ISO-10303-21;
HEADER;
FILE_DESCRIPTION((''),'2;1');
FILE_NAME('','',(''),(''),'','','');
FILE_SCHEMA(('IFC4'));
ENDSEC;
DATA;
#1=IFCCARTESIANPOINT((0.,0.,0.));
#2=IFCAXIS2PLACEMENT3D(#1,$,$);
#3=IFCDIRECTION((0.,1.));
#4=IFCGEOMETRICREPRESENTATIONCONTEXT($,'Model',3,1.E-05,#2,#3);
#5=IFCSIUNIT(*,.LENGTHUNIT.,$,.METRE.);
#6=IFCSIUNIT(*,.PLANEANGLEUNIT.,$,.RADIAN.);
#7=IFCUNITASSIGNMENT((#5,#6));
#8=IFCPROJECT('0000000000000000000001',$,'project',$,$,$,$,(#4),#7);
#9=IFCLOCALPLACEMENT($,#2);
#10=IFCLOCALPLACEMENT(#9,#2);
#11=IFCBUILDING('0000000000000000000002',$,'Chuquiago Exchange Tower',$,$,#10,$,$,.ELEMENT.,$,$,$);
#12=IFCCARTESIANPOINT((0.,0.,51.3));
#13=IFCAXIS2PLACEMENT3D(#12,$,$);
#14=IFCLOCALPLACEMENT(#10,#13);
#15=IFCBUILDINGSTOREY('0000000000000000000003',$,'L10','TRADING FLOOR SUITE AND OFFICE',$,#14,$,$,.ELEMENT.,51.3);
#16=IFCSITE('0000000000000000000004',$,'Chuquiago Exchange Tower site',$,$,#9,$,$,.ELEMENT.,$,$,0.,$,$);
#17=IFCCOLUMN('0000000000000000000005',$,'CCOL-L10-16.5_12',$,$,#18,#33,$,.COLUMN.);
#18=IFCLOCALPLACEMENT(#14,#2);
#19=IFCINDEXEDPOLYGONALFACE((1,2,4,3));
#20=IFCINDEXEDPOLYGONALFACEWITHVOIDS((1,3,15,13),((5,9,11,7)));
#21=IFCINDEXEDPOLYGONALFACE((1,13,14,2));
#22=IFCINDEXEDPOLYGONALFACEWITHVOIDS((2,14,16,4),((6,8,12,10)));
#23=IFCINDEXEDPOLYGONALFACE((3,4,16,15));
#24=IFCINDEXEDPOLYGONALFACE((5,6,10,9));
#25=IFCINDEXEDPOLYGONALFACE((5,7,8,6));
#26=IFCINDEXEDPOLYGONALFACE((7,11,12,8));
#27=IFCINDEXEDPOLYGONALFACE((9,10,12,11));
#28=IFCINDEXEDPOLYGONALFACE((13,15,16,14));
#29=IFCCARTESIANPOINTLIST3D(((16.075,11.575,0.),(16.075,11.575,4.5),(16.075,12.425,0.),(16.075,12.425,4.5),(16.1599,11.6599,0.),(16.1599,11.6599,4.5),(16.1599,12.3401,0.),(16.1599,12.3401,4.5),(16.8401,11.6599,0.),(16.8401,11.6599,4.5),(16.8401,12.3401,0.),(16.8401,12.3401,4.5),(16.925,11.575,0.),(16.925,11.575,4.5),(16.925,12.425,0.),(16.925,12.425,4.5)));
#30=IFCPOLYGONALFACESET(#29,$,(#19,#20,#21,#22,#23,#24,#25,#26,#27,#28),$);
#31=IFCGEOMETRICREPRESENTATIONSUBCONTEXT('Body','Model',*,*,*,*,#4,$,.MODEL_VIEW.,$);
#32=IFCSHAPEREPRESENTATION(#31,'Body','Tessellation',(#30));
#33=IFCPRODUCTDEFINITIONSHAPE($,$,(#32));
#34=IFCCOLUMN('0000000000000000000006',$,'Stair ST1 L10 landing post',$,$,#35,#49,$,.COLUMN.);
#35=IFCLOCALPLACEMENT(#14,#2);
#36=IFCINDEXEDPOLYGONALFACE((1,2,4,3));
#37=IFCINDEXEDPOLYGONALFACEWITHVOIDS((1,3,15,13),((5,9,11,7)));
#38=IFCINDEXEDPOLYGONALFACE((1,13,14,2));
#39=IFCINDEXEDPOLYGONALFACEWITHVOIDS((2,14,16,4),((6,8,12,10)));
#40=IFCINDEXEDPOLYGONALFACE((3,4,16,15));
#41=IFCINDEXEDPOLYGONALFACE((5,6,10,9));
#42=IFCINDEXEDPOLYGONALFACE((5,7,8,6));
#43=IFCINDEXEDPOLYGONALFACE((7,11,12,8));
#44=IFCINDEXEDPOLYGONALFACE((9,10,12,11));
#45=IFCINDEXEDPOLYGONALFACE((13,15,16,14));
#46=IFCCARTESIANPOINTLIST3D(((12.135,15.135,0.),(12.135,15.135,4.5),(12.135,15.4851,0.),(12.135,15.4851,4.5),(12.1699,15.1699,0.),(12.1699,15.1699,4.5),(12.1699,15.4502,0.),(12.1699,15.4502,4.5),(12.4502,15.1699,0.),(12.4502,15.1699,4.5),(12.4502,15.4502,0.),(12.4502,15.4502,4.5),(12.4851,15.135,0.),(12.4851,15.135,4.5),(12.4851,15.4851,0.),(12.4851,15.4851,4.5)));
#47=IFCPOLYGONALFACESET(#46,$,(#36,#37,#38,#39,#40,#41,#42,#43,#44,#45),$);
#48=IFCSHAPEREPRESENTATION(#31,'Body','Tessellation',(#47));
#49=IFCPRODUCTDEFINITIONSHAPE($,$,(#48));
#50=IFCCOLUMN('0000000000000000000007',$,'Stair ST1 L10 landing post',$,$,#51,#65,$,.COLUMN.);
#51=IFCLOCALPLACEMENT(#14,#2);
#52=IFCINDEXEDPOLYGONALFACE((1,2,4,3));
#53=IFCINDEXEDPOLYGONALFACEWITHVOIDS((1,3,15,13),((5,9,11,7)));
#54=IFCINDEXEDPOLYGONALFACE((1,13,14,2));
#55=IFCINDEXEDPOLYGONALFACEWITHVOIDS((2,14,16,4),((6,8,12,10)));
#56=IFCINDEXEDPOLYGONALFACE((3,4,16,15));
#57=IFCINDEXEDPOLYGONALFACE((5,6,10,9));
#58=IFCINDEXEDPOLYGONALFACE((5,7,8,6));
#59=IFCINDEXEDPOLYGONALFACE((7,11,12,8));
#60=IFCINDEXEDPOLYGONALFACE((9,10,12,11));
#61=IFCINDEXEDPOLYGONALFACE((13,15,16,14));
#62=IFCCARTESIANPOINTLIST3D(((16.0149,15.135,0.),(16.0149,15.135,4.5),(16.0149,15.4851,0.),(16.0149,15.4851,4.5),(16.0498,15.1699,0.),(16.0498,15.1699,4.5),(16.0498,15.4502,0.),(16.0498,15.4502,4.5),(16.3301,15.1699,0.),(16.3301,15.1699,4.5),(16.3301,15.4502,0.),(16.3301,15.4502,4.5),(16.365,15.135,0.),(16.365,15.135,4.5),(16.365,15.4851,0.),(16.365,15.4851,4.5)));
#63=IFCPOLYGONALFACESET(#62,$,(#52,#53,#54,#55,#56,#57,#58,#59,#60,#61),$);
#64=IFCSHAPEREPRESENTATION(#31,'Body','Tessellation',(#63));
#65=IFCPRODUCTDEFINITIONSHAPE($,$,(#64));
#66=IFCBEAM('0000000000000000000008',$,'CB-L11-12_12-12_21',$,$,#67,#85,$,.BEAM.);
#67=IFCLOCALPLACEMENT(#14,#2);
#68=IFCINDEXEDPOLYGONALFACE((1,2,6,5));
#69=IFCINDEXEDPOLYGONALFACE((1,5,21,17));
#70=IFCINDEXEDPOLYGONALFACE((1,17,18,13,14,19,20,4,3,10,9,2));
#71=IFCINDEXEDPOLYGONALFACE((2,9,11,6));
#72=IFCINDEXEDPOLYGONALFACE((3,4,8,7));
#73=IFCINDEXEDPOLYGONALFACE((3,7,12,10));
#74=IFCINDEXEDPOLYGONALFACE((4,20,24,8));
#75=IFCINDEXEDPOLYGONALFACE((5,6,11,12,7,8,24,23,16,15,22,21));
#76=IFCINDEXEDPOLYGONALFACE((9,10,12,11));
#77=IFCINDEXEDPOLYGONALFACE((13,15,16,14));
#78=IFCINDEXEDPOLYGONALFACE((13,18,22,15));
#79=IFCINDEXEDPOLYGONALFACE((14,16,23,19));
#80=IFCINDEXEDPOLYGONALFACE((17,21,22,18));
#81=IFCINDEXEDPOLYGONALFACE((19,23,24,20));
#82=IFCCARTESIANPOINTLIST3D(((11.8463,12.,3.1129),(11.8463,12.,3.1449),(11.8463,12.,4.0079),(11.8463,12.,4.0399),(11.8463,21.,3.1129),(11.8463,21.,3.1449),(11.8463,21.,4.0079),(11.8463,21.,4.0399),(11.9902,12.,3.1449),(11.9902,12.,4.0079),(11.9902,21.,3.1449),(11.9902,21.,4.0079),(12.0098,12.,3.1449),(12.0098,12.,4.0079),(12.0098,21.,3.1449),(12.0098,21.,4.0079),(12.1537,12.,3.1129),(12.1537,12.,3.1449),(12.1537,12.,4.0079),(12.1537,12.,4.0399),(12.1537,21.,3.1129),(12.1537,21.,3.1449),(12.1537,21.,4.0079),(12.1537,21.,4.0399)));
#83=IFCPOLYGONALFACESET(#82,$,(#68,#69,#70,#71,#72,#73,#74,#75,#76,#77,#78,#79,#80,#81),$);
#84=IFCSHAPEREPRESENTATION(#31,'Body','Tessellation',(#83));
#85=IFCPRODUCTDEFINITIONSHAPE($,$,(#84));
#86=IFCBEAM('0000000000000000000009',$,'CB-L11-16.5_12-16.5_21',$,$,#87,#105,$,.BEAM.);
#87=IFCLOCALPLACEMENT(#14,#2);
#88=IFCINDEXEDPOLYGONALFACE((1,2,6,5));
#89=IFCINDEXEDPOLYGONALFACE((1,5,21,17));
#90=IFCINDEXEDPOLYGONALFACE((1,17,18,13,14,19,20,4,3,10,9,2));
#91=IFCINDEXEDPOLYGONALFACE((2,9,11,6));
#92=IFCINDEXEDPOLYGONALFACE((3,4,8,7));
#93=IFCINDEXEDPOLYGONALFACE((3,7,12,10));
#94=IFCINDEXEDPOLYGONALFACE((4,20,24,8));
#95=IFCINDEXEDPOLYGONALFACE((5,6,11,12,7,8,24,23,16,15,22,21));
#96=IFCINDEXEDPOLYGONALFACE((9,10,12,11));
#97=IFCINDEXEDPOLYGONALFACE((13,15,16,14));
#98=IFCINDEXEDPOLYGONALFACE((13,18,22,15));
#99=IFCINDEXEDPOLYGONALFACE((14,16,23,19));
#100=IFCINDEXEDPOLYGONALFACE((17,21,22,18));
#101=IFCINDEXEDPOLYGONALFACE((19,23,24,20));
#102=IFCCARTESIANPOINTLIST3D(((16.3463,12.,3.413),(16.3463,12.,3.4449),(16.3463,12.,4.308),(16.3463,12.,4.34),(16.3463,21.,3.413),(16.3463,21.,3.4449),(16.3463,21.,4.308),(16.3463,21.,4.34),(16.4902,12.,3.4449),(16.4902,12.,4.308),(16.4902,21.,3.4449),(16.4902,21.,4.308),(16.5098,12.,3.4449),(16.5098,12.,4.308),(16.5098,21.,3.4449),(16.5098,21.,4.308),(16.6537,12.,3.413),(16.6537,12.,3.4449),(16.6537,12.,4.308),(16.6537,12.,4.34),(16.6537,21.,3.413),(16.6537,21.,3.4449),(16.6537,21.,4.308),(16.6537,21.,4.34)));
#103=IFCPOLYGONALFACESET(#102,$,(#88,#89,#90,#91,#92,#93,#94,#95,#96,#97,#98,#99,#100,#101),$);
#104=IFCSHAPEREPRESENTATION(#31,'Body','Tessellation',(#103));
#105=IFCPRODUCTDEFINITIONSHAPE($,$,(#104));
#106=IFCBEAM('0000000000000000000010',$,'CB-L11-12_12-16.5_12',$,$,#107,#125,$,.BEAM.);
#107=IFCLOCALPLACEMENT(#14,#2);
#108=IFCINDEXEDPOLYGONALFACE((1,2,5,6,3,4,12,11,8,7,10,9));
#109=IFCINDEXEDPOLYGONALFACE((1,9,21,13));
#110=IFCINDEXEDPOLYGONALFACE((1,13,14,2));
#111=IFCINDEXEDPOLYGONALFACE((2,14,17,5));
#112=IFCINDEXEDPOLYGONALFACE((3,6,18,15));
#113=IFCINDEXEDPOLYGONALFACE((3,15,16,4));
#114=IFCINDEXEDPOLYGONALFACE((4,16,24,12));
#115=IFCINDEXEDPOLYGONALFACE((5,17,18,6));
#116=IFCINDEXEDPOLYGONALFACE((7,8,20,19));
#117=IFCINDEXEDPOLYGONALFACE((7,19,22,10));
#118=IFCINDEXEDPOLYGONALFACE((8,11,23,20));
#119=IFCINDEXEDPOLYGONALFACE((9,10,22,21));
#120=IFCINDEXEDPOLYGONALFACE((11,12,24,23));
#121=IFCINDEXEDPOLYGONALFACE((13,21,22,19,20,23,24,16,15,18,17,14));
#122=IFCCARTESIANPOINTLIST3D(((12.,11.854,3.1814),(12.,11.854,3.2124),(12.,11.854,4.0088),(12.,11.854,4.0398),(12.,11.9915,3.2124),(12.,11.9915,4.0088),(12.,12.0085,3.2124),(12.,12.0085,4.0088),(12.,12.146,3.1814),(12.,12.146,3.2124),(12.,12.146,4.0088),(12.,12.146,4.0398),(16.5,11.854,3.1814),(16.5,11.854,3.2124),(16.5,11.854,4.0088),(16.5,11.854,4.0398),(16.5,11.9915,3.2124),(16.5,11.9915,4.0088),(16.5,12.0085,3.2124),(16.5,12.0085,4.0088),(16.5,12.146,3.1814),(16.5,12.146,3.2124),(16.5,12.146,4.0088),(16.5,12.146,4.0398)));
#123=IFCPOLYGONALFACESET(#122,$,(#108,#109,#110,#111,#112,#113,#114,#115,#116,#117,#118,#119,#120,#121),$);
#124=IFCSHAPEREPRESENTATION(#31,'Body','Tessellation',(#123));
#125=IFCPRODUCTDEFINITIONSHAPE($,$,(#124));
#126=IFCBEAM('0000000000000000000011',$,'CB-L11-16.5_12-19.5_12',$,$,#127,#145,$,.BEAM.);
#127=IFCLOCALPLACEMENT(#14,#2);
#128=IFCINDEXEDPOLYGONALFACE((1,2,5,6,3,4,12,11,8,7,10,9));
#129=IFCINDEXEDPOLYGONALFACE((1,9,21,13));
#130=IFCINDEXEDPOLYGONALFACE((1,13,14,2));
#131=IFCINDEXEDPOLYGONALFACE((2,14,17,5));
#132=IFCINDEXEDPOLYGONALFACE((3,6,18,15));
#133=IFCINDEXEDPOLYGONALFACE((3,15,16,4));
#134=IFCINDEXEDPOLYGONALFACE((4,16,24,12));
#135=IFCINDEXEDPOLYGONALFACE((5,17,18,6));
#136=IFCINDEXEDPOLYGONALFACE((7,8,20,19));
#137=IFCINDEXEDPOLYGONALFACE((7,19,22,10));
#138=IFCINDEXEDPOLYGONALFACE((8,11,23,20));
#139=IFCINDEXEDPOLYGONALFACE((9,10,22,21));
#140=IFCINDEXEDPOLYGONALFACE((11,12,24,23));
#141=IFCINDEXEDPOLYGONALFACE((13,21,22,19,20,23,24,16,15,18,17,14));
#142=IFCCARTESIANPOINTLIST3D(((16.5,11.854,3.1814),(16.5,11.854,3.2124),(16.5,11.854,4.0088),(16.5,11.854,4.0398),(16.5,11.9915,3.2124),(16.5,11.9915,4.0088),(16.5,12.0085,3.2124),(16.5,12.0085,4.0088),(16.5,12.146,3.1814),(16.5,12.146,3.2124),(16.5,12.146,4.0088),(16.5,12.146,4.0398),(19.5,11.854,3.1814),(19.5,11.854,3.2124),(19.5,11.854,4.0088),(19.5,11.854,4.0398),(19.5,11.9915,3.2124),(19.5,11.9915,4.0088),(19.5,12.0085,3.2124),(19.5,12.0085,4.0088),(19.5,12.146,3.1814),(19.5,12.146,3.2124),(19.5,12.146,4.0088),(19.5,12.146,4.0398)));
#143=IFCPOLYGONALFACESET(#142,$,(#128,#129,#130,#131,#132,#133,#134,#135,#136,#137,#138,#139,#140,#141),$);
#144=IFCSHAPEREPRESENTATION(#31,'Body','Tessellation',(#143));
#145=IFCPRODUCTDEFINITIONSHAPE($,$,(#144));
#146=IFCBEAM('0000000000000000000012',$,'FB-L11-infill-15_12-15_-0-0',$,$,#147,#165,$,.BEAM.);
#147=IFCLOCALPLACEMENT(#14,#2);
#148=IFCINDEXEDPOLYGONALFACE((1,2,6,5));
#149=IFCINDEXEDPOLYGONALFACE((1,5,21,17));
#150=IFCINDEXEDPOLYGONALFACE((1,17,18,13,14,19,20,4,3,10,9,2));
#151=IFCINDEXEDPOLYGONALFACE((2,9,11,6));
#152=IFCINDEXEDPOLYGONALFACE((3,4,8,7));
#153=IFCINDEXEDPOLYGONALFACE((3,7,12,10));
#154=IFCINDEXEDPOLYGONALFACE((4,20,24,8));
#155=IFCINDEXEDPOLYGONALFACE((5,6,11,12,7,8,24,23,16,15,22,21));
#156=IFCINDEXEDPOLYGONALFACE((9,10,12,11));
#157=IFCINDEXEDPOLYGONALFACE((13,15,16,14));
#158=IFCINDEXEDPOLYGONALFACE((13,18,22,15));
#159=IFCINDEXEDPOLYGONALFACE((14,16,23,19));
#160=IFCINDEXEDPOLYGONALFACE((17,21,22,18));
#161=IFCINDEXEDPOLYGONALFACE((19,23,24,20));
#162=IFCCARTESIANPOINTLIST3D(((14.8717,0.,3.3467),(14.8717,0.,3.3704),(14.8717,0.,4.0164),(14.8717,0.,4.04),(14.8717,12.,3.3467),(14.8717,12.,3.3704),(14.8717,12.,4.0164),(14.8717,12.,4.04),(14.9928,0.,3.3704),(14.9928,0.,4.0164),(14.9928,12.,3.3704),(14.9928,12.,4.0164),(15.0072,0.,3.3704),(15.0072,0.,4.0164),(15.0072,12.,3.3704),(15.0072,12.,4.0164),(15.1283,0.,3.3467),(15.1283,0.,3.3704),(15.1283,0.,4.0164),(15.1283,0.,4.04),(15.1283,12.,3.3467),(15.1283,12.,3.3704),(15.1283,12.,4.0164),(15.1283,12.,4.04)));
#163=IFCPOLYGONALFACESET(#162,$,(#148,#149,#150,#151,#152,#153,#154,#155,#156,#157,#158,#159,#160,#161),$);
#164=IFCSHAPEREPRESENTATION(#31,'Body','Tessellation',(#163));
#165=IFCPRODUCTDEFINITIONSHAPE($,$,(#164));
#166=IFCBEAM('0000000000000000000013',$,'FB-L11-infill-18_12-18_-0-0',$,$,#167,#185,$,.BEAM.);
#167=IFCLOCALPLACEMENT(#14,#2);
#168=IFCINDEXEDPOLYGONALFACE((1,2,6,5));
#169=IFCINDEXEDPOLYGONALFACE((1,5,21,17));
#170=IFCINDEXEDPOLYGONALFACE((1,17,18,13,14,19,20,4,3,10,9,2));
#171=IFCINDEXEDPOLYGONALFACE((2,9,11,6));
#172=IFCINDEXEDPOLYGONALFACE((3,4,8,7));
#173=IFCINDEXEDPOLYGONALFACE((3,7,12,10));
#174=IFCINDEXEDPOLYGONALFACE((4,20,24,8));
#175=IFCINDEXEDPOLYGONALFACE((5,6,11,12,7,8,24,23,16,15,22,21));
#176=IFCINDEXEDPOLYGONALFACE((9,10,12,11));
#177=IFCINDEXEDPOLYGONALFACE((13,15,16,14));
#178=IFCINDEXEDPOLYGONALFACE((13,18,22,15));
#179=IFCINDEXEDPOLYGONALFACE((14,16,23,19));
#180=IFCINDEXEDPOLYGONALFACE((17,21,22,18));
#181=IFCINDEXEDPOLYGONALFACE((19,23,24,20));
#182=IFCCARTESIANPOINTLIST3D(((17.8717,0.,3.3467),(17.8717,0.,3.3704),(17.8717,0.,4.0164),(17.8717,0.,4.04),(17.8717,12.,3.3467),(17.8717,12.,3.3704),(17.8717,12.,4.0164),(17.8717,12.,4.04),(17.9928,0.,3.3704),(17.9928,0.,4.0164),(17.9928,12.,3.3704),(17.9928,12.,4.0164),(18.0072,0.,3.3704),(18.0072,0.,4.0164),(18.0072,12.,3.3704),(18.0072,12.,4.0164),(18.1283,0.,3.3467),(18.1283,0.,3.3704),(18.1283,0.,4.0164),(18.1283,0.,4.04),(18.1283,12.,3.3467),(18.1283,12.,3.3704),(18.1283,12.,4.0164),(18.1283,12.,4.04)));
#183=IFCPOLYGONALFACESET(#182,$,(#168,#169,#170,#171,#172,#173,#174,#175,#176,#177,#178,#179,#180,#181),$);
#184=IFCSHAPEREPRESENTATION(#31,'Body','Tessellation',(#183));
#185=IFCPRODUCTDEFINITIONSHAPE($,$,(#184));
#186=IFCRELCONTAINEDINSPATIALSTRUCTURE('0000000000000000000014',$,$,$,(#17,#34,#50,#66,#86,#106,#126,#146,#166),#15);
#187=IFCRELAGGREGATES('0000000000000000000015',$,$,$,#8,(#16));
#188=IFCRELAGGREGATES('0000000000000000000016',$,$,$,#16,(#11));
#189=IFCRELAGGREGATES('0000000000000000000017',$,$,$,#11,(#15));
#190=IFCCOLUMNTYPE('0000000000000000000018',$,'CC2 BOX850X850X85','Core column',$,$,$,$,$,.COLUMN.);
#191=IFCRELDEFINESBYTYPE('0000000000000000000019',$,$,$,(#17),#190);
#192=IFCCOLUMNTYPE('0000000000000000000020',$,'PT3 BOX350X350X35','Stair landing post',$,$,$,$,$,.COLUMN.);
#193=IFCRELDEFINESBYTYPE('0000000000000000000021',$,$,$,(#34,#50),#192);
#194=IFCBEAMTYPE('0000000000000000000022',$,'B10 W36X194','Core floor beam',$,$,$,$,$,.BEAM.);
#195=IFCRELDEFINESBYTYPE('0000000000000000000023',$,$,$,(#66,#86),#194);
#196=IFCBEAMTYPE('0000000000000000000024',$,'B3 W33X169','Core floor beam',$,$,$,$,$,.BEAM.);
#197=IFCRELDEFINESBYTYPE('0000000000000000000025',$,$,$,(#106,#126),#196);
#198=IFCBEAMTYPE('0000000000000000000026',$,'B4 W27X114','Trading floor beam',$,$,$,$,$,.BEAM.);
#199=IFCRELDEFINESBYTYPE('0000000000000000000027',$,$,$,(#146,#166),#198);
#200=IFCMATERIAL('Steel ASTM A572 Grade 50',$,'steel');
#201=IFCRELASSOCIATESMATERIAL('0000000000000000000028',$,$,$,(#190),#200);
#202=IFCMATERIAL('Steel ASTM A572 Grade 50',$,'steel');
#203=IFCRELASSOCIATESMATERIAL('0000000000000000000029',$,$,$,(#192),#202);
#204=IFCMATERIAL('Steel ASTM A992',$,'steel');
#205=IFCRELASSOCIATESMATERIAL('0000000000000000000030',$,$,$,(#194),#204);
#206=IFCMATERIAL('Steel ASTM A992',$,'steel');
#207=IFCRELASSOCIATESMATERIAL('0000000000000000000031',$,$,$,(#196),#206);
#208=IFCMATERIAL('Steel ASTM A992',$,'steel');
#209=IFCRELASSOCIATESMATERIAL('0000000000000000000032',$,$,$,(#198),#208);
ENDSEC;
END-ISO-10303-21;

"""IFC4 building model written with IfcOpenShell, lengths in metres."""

from ifc_helpers import new_model, si_unit, direction, frame, origin, origin_2d, place, context, subcontext, project, spatial, hollow_rectangle, i_section, extrude, material, material_profile, profile_set, type_object, element, save


model = new_model("IFC4")

# Units and contexts
model_context = context("Model", 3, precision=1e-05, world=origin(), true_north=direction((0.0, 1.0)))
body_context = subcontext(model_context, "Body", "Model", "MODEL_VIEW")
ifc_project = project(units=[si_unit("LENGTHUNIT", "METRE"), si_unit("PLANEANGLEUNIT", "RADIAN")], contexts=[model_context])

# Site, building, storey
site_placement = place(None, origin())
site = spatial("IfcSite", under=ifc_project, at=site_placement, Name="Chuquiago Exchange Tower site", CompositionType="ELEMENT", RefElevation=0.0)
building_placement = place(site_placement, origin())
building = spatial("IfcBuilding", under=site, at=building_placement, Name="Chuquiago Exchange Tower", CompositionType="ELEMENT")
storey_placement = place(building_placement, frame((0.0, 0.0, 51.3)))
storey = spatial("IfcBuildingStorey", under=building, at=storey_placement, Name="L10", Description="TRADING FLOOR SUITE AND OFFICE", CompositionType="ELEMENT", Elevation=51.3)

# Columns
ifc_material_1 = material(Name="Steel ASTM A572 Grade 50", Category="steel")
ifc_material_profile_1 = material_profile(ifc_material_1, hollow_rectangle(XDim=0.8501, YDim=0.8501, WallThickness=0.085, at=origin_2d()), Name="BOX850X850X85")
ifc_profile_set_1 = profile_set([ifc_material_profile_1], Name="Steel ASTM A572 Grade 50")
column_type_1 = type_object("IfcColumnType", Name="CC2 BOX850X850X85", Description="Core column", PredefinedType="COLUMN", material=ifc_profile_set_1)
column_placement = place(storey_placement, frame((16.5, 12.0, 0.0), z_axis=(0.0, 0.0, 1.0), x_axis=(1.0, 0.0, 0.0)))
element("IfcColumn", 1, at=column_placement, inside=storey, type_object=column_type_1, Name="CCOL-L10-16.5_12", PredefinedType="COLUMN", context=body_context, shape_type="SweptSolid", body=[
    extrude(hollow_rectangle(XDim=0.8501, YDim=0.8501, WallThickness=0.085, at=origin_2d()), origin(), (0.0, 0.0, 1.0), 4.5),
])
ifc_material_2 = material(Name="Steel ASTM A572 Grade 50", Category="steel")
ifc_material_profile_2 = material_profile(ifc_material_2, hollow_rectangle(XDim=0.3501, YDim=0.3501, WallThickness=0.0349, at=origin_2d()), Name="BOX350X350X35")
ifc_profile_set_2 = profile_set([ifc_material_profile_2], Name="Steel ASTM A572 Grade 50")
column_type_2 = type_object("IfcColumnType", Name="PT3 BOX350X350X35", Description="Stair landing post", PredefinedType="COLUMN", material=ifc_profile_set_2)
for number, where, z_axis, x_axis, name in (
    (2, (12.3101, 15.3101, 0.0), (0.0, 0.0, 1.0), (1.0, 0.0, 0.0), "Stair ST1 L10 landing post"),
    (3, (16.1899, 15.3101, 0.0), (0.0, 0.0, 1.0), (1.0, 0.0, 0.0), "Stair ST1 L10 landing post"),
):
    element("IfcColumn", number, at=place(storey_placement, frame(where, z_axis=z_axis, x_axis=x_axis)), inside=storey, type_object=column_type_2, Name=name, PredefinedType="COLUMN", context=body_context, shape_type="SweptSolid", body=[
        extrude(hollow_rectangle(XDim=0.3501, YDim=0.3501, WallThickness=0.0349, at=origin_2d()), origin(), (0.0, 0.0, 1.0), 4.5),
    ])

# Beams
ifc_material_3 = material(Name="Steel ASTM A992", Category="steel")
ifc_material_profile_3 = material_profile(ifc_material_3, i_section(OverallWidth=0.3074, OverallDepth=0.927, WebThickness=0.0195, FlangeThickness=0.032, at=origin_2d()), Name="W36X194")
ifc_profile_set_3 = profile_set([ifc_material_profile_3], Name="Steel ASTM A992")
beam_type_1 = type_object("IfcBeamType", Name="B10 W36X194", Description="Core floor beam", PredefinedType="BEAM", material=ifc_profile_set_3)
for number, where, z_axis, x_axis, name in (
    (4, (12.0, 12.0, 3.5764), (0.0, 1.0, 0.0), (-1.0, 0.0, 0.0), "CB-L11-12_12-12_21"),
    (5, (16.5, 12.0, 3.8765), (0.0, 1.0, 0.0), (-1.0, 0.0, 0.0), "CB-L11-16.5_12-16.5_21"),
):
    element("IfcBeam", number, at=place(storey_placement, frame(where, z_axis=z_axis, x_axis=x_axis)), inside=storey, type_object=beam_type_1, Name=name, PredefinedType="BEAM", context=body_context, shape_type="SweptSolid", body=[
        extrude(i_section(OverallWidth=0.3074, OverallDepth=0.927, WebThickness=0.0195, FlangeThickness=0.032, at=origin_2d()), origin(), (0.0, 0.0, 1.0), 9.0),
    ])
ifc_material_4 = material(Name="Steel ASTM A992", Category="steel")
ifc_material_profile_4 = material_profile(ifc_material_4, i_section(OverallWidth=0.292, OverallDepth=0.8584, WebThickness=0.0171, FlangeThickness=0.031, at=origin_2d()), Name="W33X169")
ifc_profile_set_4 = profile_set([ifc_material_profile_4], Name="Steel ASTM A992")
beam_type_2 = type_object("IfcBeamType", Name="B3 W33X169", Description="Core floor beam", PredefinedType="BEAM", material=ifc_profile_set_4)
beam_1_placement = place(storey_placement, frame((12.0, 12.0, 3.6106), z_axis=(1.0, 0.0, 0.0), x_axis=(0.0, 1.0, 0.0)))
element("IfcBeam", 6, at=beam_1_placement, inside=storey, type_object=beam_type_2, Name="CB-L11-12_12-16.5_12", PredefinedType="BEAM", context=body_context, shape_type="SweptSolid", body=[
    extrude(i_section(OverallWidth=0.292, OverallDepth=0.8584, WebThickness=0.0171, FlangeThickness=0.031, at=origin_2d()), origin(), (0.0, 0.0, 1.0), 4.5),
])
beam_2_placement = place(storey_placement, frame((16.5, 12.0, 3.6106), z_axis=(1.0, 0.0, 0.0), x_axis=(0.0, 1.0, 0.0)))
element("IfcBeam", 7, at=beam_2_placement, inside=storey, type_object=beam_type_2, Name="CB-L11-16.5_12-19.5_12", PredefinedType="BEAM", context=body_context, shape_type="SweptSolid", body=[
    extrude(i_section(OverallWidth=0.292, OverallDepth=0.8584, WebThickness=0.0171, FlangeThickness=0.031, at=origin_2d()), origin(), (0.0, 0.0, 1.0), 3.0),
])
ifc_material_5 = material(Name="Steel ASTM A992", Category="steel")
ifc_material_profile_5 = material_profile(ifc_material_5, i_section(OverallWidth=0.2566, OverallDepth=0.6934, WebThickness=0.0144, FlangeThickness=0.0237, at=origin_2d()), Name="W27X114")
ifc_profile_set_5 = profile_set([ifc_material_profile_5], Name="Steel ASTM A992")
beam_type_3 = type_object("IfcBeamType", Name="B4 W27X114", Description="Trading floor beam", PredefinedType="BEAM", material=ifc_profile_set_5)
for number, where, z_axis, x_axis, name in (
    (8, (15.0, 12.0, 3.6934), (0.0, -1.0, 0.0), (1.0, 0.0, 0.0), "FB-L11-infill-15_12-15_-0-0"),
    (9, (18.0, 12.0, 3.6934), (0.0, -1.0, 0.0), (1.0, 0.0, 0.0), "FB-L11-infill-18_12-18_-0-0"),
):
    element("IfcBeam", number, at=place(storey_placement, frame(where, z_axis=z_axis, x_axis=x_axis)), inside=storey, type_object=beam_type_3, Name=name, PredefinedType="BEAM", context=body_context, shape_type="SweptSolid", body=[
        extrude(i_section(OverallWidth=0.2566, OverallDepth=0.6934, WebThickness=0.0144, FlangeThickness=0.0237, at=origin_2d()), origin(), (0.0, 0.0, 1.0), 12.0),
    ])

save(model, "model.ifc")
